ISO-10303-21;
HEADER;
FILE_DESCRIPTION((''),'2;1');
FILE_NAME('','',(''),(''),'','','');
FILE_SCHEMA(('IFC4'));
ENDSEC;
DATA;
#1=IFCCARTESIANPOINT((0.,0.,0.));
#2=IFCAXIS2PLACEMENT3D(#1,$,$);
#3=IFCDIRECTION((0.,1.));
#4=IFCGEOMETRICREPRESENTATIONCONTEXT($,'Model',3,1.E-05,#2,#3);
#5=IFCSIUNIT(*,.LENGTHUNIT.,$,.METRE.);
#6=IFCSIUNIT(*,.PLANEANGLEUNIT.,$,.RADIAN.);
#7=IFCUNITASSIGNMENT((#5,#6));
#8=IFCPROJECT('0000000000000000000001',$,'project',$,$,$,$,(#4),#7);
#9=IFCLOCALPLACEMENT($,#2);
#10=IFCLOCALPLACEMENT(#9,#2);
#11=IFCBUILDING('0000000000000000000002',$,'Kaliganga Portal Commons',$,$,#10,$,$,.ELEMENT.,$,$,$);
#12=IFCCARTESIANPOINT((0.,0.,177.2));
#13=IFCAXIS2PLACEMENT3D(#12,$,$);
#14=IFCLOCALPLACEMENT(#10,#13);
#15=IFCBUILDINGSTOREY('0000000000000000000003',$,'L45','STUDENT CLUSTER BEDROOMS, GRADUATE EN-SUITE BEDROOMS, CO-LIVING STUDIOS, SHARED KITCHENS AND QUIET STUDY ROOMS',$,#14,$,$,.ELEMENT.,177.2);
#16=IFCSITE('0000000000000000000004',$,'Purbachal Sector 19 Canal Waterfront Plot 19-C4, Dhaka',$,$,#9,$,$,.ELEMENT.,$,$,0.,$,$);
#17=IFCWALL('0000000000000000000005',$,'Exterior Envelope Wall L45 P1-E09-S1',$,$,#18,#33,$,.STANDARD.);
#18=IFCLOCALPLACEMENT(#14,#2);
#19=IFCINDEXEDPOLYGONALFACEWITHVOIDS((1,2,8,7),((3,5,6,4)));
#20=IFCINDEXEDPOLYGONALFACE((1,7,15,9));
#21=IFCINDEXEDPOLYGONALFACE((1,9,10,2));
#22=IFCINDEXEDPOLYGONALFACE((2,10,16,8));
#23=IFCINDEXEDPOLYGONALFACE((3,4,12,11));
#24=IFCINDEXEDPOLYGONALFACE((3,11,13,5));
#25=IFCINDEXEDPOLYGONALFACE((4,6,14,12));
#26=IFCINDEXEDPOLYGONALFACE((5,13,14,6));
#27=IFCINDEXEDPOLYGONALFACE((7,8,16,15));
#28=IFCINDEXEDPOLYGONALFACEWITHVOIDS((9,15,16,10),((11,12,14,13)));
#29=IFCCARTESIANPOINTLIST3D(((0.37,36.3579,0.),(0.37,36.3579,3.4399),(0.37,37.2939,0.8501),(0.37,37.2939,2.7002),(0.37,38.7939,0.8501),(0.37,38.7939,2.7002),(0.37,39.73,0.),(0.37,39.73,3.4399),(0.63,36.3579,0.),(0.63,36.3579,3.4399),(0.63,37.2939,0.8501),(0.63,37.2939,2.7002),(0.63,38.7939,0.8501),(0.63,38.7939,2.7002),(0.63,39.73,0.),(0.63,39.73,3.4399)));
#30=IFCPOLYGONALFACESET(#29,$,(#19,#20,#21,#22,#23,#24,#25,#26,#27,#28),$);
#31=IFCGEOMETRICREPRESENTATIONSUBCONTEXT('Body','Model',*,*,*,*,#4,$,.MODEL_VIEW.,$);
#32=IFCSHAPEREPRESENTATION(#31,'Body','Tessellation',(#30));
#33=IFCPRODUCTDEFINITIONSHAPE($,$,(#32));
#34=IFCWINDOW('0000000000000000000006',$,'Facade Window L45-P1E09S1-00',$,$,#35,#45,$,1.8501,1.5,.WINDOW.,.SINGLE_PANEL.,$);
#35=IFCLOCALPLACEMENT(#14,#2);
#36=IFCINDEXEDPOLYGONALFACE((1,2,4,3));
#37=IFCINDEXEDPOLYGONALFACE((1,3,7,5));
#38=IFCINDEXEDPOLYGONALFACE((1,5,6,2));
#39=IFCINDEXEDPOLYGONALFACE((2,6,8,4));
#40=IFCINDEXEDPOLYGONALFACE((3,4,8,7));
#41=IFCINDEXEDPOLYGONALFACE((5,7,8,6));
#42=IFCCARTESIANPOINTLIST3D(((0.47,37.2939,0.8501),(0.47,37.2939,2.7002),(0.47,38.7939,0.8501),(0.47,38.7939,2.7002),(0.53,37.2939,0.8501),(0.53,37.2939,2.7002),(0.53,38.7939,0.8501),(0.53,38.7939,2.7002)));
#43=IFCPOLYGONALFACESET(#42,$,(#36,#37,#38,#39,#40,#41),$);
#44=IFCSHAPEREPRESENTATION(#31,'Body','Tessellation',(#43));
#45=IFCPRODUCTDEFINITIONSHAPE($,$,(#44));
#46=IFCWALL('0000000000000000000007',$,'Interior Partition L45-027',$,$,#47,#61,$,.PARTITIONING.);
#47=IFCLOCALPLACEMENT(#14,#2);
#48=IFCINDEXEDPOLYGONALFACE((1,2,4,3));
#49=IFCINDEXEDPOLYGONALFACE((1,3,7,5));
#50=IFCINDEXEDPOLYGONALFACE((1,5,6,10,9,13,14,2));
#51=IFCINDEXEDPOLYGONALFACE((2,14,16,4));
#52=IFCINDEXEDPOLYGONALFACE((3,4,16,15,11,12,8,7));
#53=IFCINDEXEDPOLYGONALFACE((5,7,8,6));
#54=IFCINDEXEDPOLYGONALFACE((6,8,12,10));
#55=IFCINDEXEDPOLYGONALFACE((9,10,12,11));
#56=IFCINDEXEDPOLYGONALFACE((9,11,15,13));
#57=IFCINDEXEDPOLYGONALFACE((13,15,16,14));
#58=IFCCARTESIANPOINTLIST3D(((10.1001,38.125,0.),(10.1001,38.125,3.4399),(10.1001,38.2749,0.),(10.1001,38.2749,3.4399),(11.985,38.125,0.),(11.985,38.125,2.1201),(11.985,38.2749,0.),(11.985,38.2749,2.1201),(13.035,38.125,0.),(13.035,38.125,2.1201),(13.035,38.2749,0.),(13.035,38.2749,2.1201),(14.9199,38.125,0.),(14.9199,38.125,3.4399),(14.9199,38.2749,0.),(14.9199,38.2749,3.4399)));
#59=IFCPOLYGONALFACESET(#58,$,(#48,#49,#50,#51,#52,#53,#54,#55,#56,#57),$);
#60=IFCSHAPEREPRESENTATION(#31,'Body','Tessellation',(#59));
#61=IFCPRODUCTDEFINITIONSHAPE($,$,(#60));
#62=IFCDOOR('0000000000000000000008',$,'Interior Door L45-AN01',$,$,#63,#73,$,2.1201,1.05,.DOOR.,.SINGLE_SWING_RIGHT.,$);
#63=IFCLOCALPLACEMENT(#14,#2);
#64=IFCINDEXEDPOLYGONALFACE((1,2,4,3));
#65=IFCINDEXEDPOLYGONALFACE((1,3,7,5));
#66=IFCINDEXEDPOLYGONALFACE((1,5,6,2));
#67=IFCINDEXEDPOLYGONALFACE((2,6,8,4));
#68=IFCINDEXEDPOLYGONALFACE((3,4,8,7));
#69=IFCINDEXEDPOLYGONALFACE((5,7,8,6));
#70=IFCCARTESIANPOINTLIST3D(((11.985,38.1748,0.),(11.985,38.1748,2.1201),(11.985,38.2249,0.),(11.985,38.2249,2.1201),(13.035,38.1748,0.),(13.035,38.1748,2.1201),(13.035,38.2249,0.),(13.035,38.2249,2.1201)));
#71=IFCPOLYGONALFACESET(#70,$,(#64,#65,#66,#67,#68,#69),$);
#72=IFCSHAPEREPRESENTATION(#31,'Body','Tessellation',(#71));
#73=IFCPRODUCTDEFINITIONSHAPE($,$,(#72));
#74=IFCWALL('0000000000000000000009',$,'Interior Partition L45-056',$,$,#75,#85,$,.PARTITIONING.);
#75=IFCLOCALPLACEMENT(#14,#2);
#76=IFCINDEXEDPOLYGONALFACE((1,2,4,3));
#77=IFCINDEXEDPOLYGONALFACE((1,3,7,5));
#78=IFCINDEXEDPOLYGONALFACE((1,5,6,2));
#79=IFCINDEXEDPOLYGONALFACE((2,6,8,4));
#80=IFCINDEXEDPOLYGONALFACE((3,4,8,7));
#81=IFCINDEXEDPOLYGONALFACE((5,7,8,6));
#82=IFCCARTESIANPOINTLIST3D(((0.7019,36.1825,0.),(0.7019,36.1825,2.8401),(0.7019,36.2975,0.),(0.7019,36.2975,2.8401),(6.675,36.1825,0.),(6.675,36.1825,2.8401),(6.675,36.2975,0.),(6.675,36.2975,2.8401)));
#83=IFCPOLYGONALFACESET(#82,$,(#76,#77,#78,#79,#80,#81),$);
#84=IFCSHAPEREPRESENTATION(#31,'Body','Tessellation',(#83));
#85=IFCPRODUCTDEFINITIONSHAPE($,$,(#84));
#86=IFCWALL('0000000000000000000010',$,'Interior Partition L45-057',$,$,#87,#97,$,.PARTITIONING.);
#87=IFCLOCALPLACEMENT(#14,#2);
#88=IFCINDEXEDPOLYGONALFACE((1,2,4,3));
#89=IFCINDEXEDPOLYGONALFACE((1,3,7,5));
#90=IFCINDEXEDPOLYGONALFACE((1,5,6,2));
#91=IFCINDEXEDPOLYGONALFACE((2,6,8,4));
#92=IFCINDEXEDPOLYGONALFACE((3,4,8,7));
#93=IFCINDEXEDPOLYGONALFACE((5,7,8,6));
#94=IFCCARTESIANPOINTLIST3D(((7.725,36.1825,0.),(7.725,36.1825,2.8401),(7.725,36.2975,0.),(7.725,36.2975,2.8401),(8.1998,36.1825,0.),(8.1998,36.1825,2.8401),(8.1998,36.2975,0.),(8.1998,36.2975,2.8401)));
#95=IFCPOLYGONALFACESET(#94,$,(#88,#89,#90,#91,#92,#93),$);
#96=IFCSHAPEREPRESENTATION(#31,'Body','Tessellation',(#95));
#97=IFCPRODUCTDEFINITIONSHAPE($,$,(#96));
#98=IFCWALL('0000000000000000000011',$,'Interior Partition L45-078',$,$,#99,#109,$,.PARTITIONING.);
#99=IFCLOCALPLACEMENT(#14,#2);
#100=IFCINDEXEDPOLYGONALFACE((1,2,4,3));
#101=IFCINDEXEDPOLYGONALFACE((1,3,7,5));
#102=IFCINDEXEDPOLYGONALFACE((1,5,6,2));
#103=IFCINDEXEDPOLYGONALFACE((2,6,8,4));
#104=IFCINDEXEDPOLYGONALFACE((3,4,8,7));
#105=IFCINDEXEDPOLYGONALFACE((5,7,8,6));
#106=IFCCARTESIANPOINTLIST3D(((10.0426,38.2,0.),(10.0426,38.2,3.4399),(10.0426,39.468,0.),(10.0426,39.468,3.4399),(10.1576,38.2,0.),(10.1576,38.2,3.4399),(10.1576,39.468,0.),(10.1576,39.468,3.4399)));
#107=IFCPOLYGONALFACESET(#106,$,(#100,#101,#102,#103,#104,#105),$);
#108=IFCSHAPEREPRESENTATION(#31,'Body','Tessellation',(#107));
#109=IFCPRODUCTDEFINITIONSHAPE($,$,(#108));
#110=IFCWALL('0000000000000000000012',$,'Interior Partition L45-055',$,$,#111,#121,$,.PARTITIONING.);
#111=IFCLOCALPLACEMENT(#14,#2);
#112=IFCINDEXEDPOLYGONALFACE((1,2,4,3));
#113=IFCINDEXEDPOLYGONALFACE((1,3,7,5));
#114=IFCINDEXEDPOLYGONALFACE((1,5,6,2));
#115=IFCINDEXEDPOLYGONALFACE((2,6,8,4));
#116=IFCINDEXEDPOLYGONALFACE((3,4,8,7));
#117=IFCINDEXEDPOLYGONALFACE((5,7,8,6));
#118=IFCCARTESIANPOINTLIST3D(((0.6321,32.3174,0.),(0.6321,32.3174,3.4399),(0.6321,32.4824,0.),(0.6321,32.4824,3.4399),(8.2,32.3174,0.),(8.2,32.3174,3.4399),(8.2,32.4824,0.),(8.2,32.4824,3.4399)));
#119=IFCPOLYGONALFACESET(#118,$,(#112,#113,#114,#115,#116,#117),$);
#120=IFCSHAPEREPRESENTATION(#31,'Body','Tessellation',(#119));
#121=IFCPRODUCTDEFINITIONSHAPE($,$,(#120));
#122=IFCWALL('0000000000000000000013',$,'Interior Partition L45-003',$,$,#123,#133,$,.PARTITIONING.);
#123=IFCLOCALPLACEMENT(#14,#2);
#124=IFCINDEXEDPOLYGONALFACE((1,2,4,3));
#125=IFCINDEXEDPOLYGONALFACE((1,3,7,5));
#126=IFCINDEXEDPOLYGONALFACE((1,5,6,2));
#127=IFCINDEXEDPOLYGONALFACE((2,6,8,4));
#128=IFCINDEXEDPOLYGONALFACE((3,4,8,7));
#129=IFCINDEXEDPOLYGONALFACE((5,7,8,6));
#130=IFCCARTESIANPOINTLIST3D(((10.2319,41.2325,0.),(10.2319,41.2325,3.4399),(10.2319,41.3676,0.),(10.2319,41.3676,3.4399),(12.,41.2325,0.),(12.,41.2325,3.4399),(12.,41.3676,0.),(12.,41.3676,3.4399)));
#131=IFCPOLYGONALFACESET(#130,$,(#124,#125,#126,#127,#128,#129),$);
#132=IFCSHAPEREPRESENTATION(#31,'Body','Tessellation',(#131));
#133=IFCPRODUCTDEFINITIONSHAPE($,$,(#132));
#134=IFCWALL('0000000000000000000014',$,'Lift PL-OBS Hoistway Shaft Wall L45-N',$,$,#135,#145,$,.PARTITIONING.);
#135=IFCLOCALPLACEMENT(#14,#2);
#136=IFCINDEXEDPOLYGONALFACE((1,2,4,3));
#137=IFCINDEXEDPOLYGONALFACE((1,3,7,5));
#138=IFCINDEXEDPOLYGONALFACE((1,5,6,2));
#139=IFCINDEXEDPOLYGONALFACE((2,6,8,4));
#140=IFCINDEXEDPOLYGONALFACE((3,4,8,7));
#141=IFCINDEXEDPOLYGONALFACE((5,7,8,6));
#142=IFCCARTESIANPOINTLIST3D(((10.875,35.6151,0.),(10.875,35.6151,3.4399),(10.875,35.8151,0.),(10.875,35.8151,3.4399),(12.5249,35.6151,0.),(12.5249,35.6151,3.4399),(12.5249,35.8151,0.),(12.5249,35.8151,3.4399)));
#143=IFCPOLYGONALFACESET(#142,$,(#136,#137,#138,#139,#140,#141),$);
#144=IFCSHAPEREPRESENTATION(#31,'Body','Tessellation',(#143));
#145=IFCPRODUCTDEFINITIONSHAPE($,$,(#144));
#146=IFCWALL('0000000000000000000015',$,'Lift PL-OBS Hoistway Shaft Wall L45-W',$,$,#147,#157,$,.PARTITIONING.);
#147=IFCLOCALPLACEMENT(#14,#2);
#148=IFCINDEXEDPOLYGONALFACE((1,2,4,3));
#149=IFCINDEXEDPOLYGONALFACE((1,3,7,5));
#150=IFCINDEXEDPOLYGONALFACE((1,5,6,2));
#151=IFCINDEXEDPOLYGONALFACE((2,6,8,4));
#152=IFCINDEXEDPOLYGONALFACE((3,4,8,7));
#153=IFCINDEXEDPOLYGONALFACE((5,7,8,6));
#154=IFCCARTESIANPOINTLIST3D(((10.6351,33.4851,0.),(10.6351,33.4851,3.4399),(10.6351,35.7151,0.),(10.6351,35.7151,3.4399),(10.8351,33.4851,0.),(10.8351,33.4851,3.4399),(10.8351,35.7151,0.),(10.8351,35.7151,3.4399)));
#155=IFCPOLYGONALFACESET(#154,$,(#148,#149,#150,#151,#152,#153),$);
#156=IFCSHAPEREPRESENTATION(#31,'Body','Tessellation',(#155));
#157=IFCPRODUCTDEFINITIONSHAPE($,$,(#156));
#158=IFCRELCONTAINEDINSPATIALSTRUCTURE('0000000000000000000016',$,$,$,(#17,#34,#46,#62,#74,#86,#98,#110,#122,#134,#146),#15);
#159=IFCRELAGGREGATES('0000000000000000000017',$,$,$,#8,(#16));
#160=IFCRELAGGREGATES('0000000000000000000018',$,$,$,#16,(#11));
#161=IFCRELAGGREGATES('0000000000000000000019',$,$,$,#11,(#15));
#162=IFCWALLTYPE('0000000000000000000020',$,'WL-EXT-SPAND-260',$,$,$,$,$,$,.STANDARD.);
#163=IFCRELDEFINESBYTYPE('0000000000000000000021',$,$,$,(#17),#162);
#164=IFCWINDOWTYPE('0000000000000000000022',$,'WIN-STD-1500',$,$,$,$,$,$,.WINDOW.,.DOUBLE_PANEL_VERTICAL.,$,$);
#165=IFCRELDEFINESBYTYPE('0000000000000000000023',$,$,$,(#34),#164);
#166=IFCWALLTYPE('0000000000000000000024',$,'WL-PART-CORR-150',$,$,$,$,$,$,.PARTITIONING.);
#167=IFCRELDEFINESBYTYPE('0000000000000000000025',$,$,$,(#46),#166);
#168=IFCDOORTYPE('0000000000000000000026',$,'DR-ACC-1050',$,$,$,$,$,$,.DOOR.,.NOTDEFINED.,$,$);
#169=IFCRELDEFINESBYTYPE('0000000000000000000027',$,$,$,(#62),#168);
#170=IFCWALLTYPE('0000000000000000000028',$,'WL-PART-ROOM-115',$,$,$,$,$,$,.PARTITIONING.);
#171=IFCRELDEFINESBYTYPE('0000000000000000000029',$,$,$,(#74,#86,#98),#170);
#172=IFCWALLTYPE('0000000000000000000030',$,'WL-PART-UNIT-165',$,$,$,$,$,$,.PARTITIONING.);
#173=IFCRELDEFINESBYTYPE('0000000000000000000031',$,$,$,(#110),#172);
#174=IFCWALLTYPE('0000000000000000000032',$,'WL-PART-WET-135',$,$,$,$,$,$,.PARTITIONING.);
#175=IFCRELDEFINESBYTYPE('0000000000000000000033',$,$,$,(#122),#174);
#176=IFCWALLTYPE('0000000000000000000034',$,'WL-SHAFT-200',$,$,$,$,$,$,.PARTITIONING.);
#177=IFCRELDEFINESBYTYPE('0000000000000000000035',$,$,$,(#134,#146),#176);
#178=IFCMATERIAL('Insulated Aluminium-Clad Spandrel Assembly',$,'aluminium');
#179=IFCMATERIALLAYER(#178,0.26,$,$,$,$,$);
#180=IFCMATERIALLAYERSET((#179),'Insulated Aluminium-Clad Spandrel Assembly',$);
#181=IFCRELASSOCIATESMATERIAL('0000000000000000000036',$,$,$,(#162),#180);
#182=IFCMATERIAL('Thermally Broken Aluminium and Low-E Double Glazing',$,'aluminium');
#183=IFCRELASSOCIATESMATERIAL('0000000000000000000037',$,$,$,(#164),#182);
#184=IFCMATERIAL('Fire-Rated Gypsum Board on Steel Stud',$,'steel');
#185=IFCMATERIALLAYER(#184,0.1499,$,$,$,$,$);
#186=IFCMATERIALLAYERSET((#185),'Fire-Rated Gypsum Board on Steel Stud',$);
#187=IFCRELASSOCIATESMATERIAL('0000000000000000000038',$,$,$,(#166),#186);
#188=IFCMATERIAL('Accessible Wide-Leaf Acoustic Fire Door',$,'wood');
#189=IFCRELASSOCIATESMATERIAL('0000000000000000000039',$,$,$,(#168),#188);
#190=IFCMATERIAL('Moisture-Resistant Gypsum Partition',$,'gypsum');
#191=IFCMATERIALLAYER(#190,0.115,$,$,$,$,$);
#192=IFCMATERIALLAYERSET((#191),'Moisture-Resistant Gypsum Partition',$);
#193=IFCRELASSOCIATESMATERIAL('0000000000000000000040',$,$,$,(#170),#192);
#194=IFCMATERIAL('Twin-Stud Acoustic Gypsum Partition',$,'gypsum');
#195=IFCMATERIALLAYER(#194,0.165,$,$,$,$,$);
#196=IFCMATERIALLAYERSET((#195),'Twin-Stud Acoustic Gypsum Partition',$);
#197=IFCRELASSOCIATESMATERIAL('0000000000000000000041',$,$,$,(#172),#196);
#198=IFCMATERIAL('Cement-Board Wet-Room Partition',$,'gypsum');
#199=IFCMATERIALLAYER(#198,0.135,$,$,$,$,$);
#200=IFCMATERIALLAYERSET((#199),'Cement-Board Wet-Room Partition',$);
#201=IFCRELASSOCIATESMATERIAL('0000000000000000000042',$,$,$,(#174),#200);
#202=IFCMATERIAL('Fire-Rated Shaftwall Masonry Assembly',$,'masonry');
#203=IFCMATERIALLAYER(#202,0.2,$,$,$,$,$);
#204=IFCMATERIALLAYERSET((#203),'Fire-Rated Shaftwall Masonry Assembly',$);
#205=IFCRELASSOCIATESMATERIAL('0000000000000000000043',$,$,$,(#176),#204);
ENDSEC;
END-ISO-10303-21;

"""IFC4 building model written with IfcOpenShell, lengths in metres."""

from ifc_helpers import new_model, si_unit, direction, frame, frame_2d, origin, place, context, subcontext, project, spatial, rectangle, extrude, material, layer, layer_set, type_object, element, fill, save


model = new_model("IFC4")

# Units and contexts
model_context = context("Model", 3, precision=1e-05, world=origin(), true_north=direction((0.0, 1.0)))
body_context = subcontext(model_context, "Body", "Model", "MODEL_VIEW")
ifc_project = project(units=[si_unit("LENGTHUNIT", "METRE"), si_unit("PLANEANGLEUNIT", "RADIAN")], contexts=[model_context])

# Site, building, storey
site_placement = place(None, origin())
site = spatial("IfcSite", under=ifc_project, at=site_placement, Name="Purbachal Sector 19 Canal Waterfront Plot 19-C4, Dhaka", CompositionType="ELEMENT", RefElevation=0.0)
building_placement = place(site_placement, origin())
building = spatial("IfcBuilding", under=site, at=building_placement, Name="Kaliganga Portal Commons", CompositionType="ELEMENT")
storey_placement = place(building_placement, frame((0.0, 0.0, 177.2)))
storey = spatial("IfcBuildingStorey", under=building, at=storey_placement, Name="L45", Description="STUDENT CLUSTER BEDROOMS, GRADUATE EN-SUITE BEDROOMS, CO-LIVING STUDIOS, SHARED KITCHENS AND QUIET STUDY ROOMS", CompositionType="ELEMENT", Elevation=177.2)

# Shared definitions
ifc_material_1 = material(Name="Insulated Aluminium-Clad Spandrel Assembly", Category="aluminium")
ifc_layer_1 = layer(ifc_material_1, 0.26)
ifc_layer_set_1 = layer_set([ifc_layer_1], Name="Insulated Aluminium-Clad Spandrel Assembly")
wall_type_1 = type_object("IfcWallType", Name="WL-EXT-SPAND-260", PredefinedType="STANDARD", material=ifc_layer_set_1)
ifc_material_2 = material(Name="Thermally Broken Aluminium and Low-E Double Glazing", Category="aluminium")
window_type_1 = type_object("IfcWindowType", Name="WIN-STD-1500", PartitioningType="DOUBLE_PANEL_VERTICAL", PredefinedType="WINDOW", material=ifc_material_2)

# Wall, opening, window
wall_1_placement = place(storey_placement, frame((0.5, 36.3579, 0.0), z_axis=(0.0, 0.0, 1.0), x_axis=(0.0, 1.0, 0.0)))
wall_1 = element("IfcWall", 1, at=wall_1_placement, inside=storey, type_object=wall_type_1, Name="Exterior Envelope Wall L45 P1-E09-S1", PredefinedType="STANDARD", context=body_context, shape_type="SweptSolid", body=[
    extrude(rectangle(XDim=3.3721, YDim=0.26, at=frame_2d((1.686, 0.0))), origin(), (0.0, 0.0, 1.0), 3.4399),
])
opening_1_placement = place(wall_1_placement, frame((0.936, 0.0, 0.8501)))
opening_1 = element("IfcOpeningElement", 2, at=opening_1_placement, cuts=wall_1, PredefinedType="OPENING", context=body_context, shape_type="SweptSolid", body=[
    extrude(rectangle(XDim=1.5, YDim=1.8501, at=frame_2d((0.75, 0.925))), frame((0.0, 0.1401, 0.0), z_axis=(0.0, -1.0, 0.0), x_axis=(1.0, 0.0, 0.0)), (0.0, 0.0, 1.0), 0.28),
])
window_1_placement = place(opening_1_placement, origin())
window_1 = element("IfcWindow", 3, at=window_1_placement, inside=storey, type_object=window_type_1, Name="Facade Window L45-P1E09S1-00", OverallHeight=1.8501, OverallWidth=1.5, PartitioningType="SINGLE_PANEL", PredefinedType="WINDOW", context=body_context, shape_type="SweptSolid", body=[
    extrude(rectangle(XDim=1.5, YDim=1.8501, at=frame_2d((0.75, 0.925))), frame((0.0, 0.03, 0.0), z_axis=(0.0, -1.0, 0.0), x_axis=(1.0, 0.0, 0.0)), (0.0, 0.0, 1.0), 0.0601),
])
fill(opening_1, window_1)

# Wall, opening, door
ifc_material_3 = material(Name="Fire-Rated Gypsum Board on Steel Stud", Category="steel")
ifc_layer_2 = layer(ifc_material_3, 0.1499)
ifc_layer_set_2 = layer_set([ifc_layer_2], Name="Fire-Rated Gypsum Board on Steel Stud")
wall_type_2 = type_object("IfcWallType", Name="WL-PART-CORR-150", PredefinedType="PARTITIONING", material=ifc_layer_set_2)
wall_2_placement = place(storey_placement, frame((10.1001, 38.2, 0.0), z_axis=(0.0, 0.0, 1.0), x_axis=(1.0, 0.0, 0.0)))
wall_2 = element("IfcWall", 4, at=wall_2_placement, inside=storey, type_object=wall_type_2, Name="Interior Partition L45-027", PredefinedType="PARTITIONING", context=body_context, shape_type="SweptSolid", body=[
    extrude(rectangle(XDim=4.8198, YDim=0.1499, at=frame_2d((2.4099, 0.0))), origin(), (0.0, 0.0, 1.0), 3.4399),
])
opening_2_placement = place(wall_2_placement, frame((1.885, 0.0, 0.0)))
opening_2 = element("IfcOpeningElement", 5, at=opening_2_placement, cuts=wall_2, PredefinedType="OPENING", context=body_context, shape_type="SweptSolid", body=[
    extrude(rectangle(XDim=1.05, YDim=2.1201, at=frame_2d((0.5249, 1.0601))), frame((0.0, 0.085, 0.0), z_axis=(0.0, -1.0, 0.0), x_axis=(1.0, 0.0, 0.0)), (0.0, 0.0, 1.0), 0.1699),
])
ifc_material_4 = material(Name="Accessible Wide-Leaf Acoustic Fire Door", Category="wood")
door_type_1 = type_object("IfcDoorType", Name="DR-ACC-1050", OperationType="NOTDEFINED", PredefinedType="DOOR", material=ifc_material_4)
door_1_placement = place(opening_2_placement, origin())
door_1 = element("IfcDoor", 6, at=door_1_placement, inside=storey, type_object=door_type_1, Name="Interior Door L45-AN01", OperationType="SINGLE_SWING_RIGHT", OverallHeight=2.1201, OverallWidth=1.05, PredefinedType="DOOR", context=body_context, shape_type="SweptSolid", body=[
    extrude(rectangle(XDim=1.05, YDim=2.1201, at=frame_2d((0.5249, 1.0601))), frame((0.0, 0.0249, 0.0), z_axis=(0.0, -1.0, 0.0), x_axis=(1.0, 0.0, 0.0)), (0.0, 0.0, 1.0), 0.05),
])
fill(opening_2, door_1)

# Walls
ifc_material_5 = material(Name="Moisture-Resistant Gypsum Partition", Category="gypsum")
ifc_layer_3 = layer(ifc_material_5, 0.115)
ifc_layer_set_3 = layer_set([ifc_layer_3], Name="Moisture-Resistant Gypsum Partition")
wall_type_3 = type_object("IfcWallType", Name="WL-PART-ROOM-115", PredefinedType="PARTITIONING", material=ifc_layer_set_3)
wall_3_placement = place(storey_placement, frame((0.7019, 36.24, 0.0), z_axis=(0.0, 0.0, 1.0), x_axis=(1.0, 0.0, 0.0)))
element("IfcWall", 7, at=wall_3_placement, inside=storey, type_object=wall_type_3, Name="Interior Partition L45-056", PredefinedType="PARTITIONING", context=body_context, shape_type="SweptSolid", body=[
    extrude(rectangle(XDim=5.9731, YDim=0.115, at=frame_2d((2.9866, 0.0))), origin(), (0.0, 0.0, 1.0), 2.8401),
])
wall_4_placement = place(storey_placement, frame((7.7251, 36.24, 0.0), z_axis=(0.0, 0.0, 1.0), x_axis=(1.0, 0.0, 0.0)))
element("IfcWall", 8, at=wall_4_placement, inside=storey, type_object=wall_type_3, Name="Interior Partition L45-057", PredefinedType="PARTITIONING", context=body_context, shape_type="SweptSolid", body=[
    extrude(rectangle(XDim=0.4749, YDim=0.115, at=frame_2d((0.2373, 0.0))), origin(), (0.0, 0.0, 1.0), 2.8401),
])
wall_5_placement = place(storey_placement, frame((10.1001, 38.2, 0.0), z_axis=(0.0, 0.0, 1.0), x_axis=(0.0, 1.0, 0.0)))
element("IfcWall", 9, at=wall_5_placement, inside=storey, type_object=wall_type_3, Name="Interior Partition L45-078", PredefinedType="PARTITIONING", context=body_context, shape_type="SweptSolid", body=[
    extrude(rectangle(XDim=1.2681, YDim=0.115, at=frame_2d((0.634, 0.0))), origin(), (0.0, 0.0, 1.0), 3.4399),
])
ifc_material_6 = material(Name="Twin-Stud Acoustic Gypsum Partition", Category="gypsum")
ifc_layer_4 = layer(ifc_material_6, 0.165)
ifc_layer_set_4 = layer_set([ifc_layer_4], Name="Twin-Stud Acoustic Gypsum Partition")
wall_type_4 = type_object("IfcWallType", Name="WL-PART-UNIT-165", PredefinedType="PARTITIONING", material=ifc_layer_set_4)
wall_6_placement = place(storey_placement, frame((0.6321, 32.3999, 0.0), z_axis=(0.0, 0.0, 1.0), x_axis=(1.0, 0.0, 0.0)))
element("IfcWall", 10, at=wall_6_placement, inside=storey, type_object=wall_type_4, Name="Interior Partition L45-055", PredefinedType="PARTITIONING", context=body_context, shape_type="SweptSolid", body=[
    extrude(rectangle(XDim=7.5679, YDim=0.165, at=frame_2d((3.7839, 0.0))), origin(), (0.0, 0.0, 1.0), 3.4399),
])
ifc_material_7 = material(Name="Cement-Board Wet-Room Partition", Category="gypsum")
ifc_layer_5 = layer(ifc_material_7, 0.135)
ifc_layer_set_5 = layer_set([ifc_layer_5], Name="Cement-Board Wet-Room Partition")
wall_type_5 = type_object("IfcWallType", Name="WL-PART-WET-135", PredefinedType="PARTITIONING", material=ifc_layer_set_5)
wall_7_placement = place(storey_placement, frame((10.2319, 41.3, 0.0), z_axis=(0.0, 0.0, 1.0), x_axis=(1.0, 0.0, 0.0)))
element("IfcWall", 11, at=wall_7_placement, inside=storey, type_object=wall_type_5, Name="Interior Partition L45-003", PredefinedType="PARTITIONING", context=body_context, shape_type="SweptSolid", body=[
    extrude(rectangle(XDim=1.7681, YDim=0.135, at=frame_2d((0.884, 0.0))), origin(), (0.0, 0.0, 1.0), 3.4399),
])

# Shared definitions
ifc_material_8 = material(Name="Fire-Rated Shaftwall Masonry Assembly", Category="masonry")
ifc_layer_6 = layer(ifc_material_8, 0.2)
ifc_layer_set_6 = layer_set([ifc_layer_6], Name="Fire-Rated Shaftwall Masonry Assembly")
wall_type_6 = type_object("IfcWallType", Name="WL-SHAFT-200", PredefinedType="PARTITIONING", material=ifc_layer_set_6)

# Walls
wall_8_placement = place(storey_placement, frame((10.875, 35.7151, 0.0), z_axis=(0.0, 0.0, 1.0), x_axis=(1.0, 0.0, 0.0)))
element("IfcWall", 12, at=wall_8_placement, inside=storey, type_object=wall_type_6, Name="Lift PL-OBS Hoistway Shaft Wall L45-N", PredefinedType="PARTITIONING", context=body_context, shape_type="SweptSolid", body=[
    extrude(rectangle(XDim=1.6499, YDim=0.2, at=frame_2d((0.825, 0.0))), origin(), (0.0, 0.0, 1.0), 3.4399),
])
wall_9_placement = place(storey_placement, frame((10.7351, 33.4851, 0.0), z_axis=(0.0, 0.0, 1.0), x_axis=(0.0, 1.0, 0.0)))
element("IfcWall", 13, at=wall_9_placement, inside=storey, type_object=wall_type_6, Name="Lift PL-OBS Hoistway Shaft Wall L45-W", PredefinedType="PARTITIONING", context=body_context, shape_type="SweptSolid", body=[
    extrude(rectangle(XDim=2.23, YDim=0.2, at=frame_2d((1.115, 0.0))), origin(), (0.0, 0.0, 1.0), 3.4399),
])

save(model, "model.ifc")
